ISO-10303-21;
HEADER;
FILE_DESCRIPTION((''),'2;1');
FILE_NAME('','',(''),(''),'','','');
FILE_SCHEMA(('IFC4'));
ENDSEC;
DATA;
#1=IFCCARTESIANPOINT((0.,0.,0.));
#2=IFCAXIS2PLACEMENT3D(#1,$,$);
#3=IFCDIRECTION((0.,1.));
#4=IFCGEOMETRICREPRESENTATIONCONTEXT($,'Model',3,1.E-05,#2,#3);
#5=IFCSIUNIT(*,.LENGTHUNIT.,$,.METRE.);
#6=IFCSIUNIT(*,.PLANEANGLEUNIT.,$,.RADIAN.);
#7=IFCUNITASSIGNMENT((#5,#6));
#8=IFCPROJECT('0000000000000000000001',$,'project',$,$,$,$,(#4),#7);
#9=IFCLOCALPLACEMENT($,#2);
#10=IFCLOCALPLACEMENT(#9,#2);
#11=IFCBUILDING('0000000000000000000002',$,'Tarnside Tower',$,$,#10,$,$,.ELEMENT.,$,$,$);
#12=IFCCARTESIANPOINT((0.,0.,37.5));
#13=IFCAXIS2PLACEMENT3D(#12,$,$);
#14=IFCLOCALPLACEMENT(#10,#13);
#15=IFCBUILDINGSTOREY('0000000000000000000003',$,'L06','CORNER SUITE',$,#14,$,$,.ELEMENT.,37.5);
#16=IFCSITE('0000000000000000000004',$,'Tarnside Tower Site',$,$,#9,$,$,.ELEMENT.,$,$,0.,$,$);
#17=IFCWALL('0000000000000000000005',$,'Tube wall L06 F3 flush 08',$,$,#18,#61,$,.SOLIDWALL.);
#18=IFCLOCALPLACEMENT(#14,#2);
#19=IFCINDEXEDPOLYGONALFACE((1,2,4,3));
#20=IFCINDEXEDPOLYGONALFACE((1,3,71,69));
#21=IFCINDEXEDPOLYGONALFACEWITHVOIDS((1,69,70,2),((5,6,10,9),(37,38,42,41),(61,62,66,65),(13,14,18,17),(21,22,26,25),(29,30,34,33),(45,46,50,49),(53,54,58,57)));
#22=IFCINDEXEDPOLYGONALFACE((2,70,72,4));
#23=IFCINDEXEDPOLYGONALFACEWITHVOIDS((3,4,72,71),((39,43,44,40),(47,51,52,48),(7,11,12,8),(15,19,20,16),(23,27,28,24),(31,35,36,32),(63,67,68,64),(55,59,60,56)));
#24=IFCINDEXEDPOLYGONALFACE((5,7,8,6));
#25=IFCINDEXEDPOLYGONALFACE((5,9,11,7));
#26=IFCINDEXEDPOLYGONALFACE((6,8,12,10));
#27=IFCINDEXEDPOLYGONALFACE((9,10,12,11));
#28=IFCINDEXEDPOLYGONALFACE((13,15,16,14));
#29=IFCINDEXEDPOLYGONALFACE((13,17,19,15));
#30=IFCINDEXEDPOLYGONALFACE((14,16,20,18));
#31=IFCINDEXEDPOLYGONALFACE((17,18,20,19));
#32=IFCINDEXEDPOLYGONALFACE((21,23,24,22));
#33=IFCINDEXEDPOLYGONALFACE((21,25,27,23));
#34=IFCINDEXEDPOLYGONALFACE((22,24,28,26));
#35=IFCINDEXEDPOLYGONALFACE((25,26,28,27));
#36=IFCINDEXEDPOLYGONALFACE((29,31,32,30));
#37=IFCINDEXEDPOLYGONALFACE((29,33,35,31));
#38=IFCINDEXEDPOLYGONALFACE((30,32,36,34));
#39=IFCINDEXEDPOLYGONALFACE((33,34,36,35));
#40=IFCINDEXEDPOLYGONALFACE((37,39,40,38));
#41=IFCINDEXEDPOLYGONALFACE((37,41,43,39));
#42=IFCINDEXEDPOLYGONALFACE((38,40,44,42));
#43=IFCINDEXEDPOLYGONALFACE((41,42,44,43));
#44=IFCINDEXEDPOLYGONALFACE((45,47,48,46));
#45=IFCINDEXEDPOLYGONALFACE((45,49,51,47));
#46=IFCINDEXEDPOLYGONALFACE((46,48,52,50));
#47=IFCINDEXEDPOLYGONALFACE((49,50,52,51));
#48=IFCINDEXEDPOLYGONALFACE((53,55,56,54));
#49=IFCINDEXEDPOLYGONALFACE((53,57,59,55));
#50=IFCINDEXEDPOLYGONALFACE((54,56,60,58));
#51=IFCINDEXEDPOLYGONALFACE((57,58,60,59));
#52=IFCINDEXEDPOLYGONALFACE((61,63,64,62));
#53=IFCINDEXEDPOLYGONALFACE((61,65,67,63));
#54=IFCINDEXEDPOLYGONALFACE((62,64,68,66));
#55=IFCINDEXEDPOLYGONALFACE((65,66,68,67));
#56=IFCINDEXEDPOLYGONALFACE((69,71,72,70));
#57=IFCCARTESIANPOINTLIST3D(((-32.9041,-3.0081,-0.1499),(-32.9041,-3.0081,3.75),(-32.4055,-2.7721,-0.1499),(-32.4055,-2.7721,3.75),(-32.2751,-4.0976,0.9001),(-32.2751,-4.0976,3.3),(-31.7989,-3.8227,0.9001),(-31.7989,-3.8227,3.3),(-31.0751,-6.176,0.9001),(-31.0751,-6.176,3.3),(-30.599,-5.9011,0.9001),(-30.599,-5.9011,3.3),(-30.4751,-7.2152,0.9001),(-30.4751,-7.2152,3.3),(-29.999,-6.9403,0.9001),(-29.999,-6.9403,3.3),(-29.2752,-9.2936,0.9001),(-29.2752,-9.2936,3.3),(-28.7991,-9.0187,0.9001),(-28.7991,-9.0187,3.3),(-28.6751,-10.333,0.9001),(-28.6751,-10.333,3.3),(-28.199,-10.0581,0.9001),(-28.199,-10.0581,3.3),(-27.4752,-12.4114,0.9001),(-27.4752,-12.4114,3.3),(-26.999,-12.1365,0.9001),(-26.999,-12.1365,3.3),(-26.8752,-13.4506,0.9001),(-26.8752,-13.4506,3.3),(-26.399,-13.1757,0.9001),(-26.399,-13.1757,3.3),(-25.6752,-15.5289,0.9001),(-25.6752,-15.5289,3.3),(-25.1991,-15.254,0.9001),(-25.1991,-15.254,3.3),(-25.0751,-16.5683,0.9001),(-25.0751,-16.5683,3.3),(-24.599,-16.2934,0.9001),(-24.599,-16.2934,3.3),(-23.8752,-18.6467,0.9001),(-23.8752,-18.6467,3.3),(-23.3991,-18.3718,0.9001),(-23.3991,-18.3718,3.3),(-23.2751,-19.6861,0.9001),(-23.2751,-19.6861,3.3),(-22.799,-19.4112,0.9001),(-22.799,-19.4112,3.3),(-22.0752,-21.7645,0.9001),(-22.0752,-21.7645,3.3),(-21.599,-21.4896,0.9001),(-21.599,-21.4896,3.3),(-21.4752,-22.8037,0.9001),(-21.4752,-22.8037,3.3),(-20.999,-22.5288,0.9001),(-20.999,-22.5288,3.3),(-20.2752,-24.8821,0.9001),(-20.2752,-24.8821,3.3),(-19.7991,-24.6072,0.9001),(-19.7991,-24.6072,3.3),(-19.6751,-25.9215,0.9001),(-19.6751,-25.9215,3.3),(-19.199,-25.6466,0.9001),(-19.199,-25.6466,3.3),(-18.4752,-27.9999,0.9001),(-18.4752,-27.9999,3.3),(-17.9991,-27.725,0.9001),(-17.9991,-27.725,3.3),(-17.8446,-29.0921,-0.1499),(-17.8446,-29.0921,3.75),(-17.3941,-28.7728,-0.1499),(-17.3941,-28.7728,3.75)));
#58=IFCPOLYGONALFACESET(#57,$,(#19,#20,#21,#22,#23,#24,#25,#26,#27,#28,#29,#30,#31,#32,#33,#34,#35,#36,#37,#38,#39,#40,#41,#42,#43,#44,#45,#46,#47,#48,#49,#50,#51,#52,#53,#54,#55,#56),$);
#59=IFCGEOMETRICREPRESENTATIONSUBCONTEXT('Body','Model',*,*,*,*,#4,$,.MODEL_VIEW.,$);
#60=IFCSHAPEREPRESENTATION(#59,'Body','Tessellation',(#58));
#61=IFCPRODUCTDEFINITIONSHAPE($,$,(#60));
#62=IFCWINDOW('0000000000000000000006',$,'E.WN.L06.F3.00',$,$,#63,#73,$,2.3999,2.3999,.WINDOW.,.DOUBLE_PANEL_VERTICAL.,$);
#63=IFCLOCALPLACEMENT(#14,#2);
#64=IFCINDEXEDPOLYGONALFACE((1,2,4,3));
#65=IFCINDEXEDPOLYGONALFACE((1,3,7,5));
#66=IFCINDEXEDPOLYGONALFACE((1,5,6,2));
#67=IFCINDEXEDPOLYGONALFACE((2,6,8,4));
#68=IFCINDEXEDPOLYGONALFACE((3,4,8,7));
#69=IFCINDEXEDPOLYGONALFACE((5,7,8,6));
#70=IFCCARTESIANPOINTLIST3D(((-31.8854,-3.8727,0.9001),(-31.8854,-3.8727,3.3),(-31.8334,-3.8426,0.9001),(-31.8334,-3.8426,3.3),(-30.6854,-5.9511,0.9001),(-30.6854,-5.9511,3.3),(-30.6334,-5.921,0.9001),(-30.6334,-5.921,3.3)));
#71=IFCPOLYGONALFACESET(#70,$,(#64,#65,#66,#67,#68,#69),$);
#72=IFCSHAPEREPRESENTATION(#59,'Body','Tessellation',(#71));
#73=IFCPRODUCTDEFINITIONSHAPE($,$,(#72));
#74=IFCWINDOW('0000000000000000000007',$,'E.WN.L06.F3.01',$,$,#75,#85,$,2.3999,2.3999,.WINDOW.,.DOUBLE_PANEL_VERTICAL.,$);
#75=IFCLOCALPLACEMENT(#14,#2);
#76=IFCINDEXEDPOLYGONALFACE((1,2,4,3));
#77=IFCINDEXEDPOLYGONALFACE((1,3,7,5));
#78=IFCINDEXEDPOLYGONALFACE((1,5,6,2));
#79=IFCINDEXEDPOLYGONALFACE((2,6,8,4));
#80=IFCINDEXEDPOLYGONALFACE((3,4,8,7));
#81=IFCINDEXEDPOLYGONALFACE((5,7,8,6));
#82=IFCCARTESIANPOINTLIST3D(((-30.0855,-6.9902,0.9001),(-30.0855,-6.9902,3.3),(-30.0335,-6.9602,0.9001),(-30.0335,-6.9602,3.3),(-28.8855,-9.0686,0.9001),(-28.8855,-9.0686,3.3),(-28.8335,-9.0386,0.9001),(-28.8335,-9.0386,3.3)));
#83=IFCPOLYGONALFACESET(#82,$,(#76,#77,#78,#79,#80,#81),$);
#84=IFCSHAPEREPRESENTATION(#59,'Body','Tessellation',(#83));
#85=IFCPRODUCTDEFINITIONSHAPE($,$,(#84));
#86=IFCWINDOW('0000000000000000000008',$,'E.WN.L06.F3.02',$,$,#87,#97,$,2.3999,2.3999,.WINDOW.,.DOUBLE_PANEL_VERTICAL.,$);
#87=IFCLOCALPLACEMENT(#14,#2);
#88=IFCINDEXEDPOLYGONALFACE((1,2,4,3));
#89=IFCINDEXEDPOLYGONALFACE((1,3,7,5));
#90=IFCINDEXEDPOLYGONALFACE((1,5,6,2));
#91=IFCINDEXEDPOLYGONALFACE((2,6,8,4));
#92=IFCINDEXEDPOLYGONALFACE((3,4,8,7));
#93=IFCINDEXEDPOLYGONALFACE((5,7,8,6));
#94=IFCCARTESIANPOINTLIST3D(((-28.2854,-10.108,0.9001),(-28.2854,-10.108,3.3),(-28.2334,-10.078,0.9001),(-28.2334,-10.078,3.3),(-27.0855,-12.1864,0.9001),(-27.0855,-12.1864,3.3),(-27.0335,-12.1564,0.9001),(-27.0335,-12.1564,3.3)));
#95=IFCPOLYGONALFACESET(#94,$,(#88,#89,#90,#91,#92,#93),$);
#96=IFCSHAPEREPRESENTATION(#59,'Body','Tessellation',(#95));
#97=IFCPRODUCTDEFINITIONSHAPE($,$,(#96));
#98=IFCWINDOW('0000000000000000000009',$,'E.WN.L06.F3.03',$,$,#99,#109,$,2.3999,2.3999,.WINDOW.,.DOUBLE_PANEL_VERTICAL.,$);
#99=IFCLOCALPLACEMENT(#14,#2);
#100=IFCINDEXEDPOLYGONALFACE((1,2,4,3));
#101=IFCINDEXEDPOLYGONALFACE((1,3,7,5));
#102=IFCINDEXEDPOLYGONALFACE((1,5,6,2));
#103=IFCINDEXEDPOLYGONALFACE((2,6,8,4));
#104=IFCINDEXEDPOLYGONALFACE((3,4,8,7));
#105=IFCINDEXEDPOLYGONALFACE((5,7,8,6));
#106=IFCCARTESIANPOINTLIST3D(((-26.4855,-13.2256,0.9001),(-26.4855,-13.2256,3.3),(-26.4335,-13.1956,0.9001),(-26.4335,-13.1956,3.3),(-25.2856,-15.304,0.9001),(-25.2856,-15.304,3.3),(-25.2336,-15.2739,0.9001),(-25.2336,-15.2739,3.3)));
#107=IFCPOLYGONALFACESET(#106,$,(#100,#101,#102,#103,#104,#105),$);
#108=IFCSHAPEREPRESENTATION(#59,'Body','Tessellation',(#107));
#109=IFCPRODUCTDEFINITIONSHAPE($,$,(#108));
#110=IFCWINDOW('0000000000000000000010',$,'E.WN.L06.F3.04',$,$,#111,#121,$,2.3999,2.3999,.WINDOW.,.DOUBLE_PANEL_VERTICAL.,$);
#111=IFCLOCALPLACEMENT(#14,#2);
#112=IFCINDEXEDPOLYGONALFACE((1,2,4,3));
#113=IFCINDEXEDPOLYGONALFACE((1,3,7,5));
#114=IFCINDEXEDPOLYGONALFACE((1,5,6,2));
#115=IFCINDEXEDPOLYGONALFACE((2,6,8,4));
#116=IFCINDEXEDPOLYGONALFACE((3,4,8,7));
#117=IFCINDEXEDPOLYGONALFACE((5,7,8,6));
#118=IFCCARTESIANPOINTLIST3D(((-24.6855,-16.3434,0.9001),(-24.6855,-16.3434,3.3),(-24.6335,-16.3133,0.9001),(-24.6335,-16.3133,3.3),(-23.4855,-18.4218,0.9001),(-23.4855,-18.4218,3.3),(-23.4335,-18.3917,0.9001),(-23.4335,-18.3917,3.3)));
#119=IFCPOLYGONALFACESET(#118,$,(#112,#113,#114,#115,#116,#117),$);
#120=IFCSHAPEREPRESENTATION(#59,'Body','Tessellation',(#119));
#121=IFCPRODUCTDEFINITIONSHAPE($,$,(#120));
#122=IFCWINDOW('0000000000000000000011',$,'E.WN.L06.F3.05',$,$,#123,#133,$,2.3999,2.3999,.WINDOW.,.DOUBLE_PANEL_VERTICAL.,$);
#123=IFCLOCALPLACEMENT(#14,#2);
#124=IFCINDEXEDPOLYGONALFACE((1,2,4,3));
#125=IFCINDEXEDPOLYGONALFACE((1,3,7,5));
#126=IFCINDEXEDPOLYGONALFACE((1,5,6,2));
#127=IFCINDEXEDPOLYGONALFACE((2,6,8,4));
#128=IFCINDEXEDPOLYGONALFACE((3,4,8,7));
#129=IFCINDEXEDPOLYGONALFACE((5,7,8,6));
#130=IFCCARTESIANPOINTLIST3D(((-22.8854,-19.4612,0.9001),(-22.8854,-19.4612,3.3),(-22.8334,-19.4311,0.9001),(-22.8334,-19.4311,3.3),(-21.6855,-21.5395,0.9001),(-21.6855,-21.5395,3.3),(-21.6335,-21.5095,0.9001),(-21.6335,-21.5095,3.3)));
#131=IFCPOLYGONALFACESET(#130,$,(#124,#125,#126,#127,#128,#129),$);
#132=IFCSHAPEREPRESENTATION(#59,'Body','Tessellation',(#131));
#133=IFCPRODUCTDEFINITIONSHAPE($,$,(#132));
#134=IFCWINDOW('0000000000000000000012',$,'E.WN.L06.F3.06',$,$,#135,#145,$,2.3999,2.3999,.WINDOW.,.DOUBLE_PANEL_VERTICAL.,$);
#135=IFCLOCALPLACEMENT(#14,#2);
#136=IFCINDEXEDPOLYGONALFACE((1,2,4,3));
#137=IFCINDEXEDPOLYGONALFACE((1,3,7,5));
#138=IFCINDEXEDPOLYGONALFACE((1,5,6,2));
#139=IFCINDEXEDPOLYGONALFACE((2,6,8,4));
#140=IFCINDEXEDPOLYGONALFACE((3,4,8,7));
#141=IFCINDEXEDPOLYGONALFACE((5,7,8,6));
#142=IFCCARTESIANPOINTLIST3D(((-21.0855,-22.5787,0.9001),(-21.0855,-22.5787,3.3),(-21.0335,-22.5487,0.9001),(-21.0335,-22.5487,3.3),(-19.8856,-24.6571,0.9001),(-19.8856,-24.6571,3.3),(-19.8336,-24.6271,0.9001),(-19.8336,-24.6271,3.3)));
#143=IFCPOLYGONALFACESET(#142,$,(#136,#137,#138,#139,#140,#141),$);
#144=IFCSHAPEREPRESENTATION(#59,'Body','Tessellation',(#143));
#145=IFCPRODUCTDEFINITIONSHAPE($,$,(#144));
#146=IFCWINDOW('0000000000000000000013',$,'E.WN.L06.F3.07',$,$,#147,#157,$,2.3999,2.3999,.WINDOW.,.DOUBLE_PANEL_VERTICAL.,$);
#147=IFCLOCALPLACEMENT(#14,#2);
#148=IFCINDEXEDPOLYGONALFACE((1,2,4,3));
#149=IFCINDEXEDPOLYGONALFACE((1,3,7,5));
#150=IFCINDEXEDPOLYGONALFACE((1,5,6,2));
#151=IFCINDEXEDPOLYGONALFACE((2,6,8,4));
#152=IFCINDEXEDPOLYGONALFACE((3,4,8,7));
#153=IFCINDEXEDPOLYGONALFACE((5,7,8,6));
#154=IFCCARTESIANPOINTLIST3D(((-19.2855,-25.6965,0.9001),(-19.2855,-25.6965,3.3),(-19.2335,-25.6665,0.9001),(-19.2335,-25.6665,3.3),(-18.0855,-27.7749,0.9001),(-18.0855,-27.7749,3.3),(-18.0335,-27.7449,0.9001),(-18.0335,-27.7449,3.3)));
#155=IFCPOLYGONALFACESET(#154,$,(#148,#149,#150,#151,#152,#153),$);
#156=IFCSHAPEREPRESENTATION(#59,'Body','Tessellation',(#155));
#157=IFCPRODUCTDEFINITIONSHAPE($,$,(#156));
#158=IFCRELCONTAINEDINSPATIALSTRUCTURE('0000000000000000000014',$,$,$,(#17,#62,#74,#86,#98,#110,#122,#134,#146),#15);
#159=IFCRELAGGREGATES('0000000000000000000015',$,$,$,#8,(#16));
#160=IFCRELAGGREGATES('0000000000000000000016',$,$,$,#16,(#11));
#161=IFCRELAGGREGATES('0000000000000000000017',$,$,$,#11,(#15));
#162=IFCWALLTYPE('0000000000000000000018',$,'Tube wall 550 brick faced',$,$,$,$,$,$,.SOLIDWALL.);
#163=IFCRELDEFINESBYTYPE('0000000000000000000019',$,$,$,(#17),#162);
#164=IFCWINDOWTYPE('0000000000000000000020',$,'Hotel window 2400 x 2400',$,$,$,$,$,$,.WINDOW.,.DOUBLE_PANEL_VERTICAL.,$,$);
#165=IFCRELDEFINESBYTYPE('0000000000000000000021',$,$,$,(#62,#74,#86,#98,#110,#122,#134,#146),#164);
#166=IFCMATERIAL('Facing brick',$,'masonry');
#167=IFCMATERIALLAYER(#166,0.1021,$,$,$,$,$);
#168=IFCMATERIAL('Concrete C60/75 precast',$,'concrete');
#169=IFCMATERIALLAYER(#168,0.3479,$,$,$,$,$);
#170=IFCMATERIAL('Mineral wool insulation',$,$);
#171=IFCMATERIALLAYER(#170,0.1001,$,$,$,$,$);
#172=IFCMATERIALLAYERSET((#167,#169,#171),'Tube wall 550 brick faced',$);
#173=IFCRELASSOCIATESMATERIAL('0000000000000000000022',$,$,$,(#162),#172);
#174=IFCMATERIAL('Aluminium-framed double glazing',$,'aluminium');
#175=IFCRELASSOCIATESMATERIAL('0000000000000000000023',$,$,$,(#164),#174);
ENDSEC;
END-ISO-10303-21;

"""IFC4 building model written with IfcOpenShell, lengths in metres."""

from ifc_helpers import new_model, si_unit, direction, frame, frame_2d, origin, place, context, subcontext, project, spatial, polyline, rectangle, outline, extrude, material, layer, layer_set, type_object, element, fill, save


model = new_model("IFC4")

# Units and contexts
model_context = context("Model", 3, precision=1e-05, world=origin(), true_north=direction((0.0, 1.0)))
body_context = subcontext(model_context, "Body", "Model", "MODEL_VIEW")
ifc_project = project(units=[si_unit("LENGTHUNIT", "METRE"), si_unit("PLANEANGLEUNIT", "RADIAN")], contexts=[model_context])

# Site, building, storey
site_placement = place(None, origin())
site = spatial("IfcSite", under=ifc_project, at=site_placement, Name="Tarnside Tower Site", CompositionType="ELEMENT", RefElevation=0.0)
building_placement = place(site_placement, origin())
building = spatial("IfcBuilding", under=site, at=building_placement, Name="Tarnside Tower", CompositionType="ELEMENT")
storey_placement = place(building_placement, frame((0.0, 0.0, 37.5)))
storey = spatial("IfcBuildingStorey", under=building, at=storey_placement, Name="L06", Description="CORNER SUITE", CompositionType="ELEMENT", Elevation=37.5)

# Shared definitions
ifc_material_1 = material(Name="Facing brick", Category="masonry")
ifc_layer_1 = layer(ifc_material_1, 0.1021)
ifc_material_2 = material(Name="Concrete C60/75 precast", Category="concrete")
ifc_layer_2 = layer(ifc_material_2, 0.3479)
ifc_material_3 = material(Name="Mineral wool insulation")
ifc_layer_3 = layer(ifc_material_3, 0.1001)
ifc_layer_set_1 = layer_set([ifc_layer_1, ifc_layer_2, ifc_layer_3], Name="Tube wall 550 brick faced")
wall_type = type_object("IfcWallType", Name="Tube wall 550 brick faced", PredefinedType="SOLIDWALL", material=ifc_layer_set_1)

# Wall, openings, windows
wall_1_placement = place(storey_placement, frame((-32.6548, -2.8901, -0.1499), z_axis=(0.0, 0.0, 1.0), x_axis=(0.499998, -0.866027, 0.0)))
wall_1 = element("IfcWall", 1, at=wall_1_placement, inside=storey, type_object=wall_type, Name="Tube wall L06 F3 flush 08", PredefinedType="SOLIDWALL", context=body_context, shape_type="SweptSolid", body=[
    extrude(outline(polyline([(-0.0225, -0.2749), (30.0967, -0.2749), (30.0454, 0.2749), (0.0225, 0.2749), (-0.0225, -0.2749)])), origin(), (0.0, 0.0, 1.0), 3.8999),
])
opening_1_placement = place(wall_1_placement, frame((1.2356, 0.0, 1.05)))
opening_1 = element("IfcOpeningElement", 2, at=opening_1_placement, cuts=wall_1, PredefinedType="OPENING", context=body_context, shape_type="SweptSolid", body=[
    extrude(rectangle(XDim=2.3999, YDim=2.3999, at=frame_2d((1.2, 1.2))), frame((0.0, 0.2852, 0.0), z_axis=(0.0, -1.0, 0.0), x_axis=(1.0, 0.0, 0.0)), (0.0, 0.0, 1.0), 0.5701),
])
opening_2_placement = place(wall_1_placement, frame((4.8354, 0.0, 1.05)))
opening_2 = element("IfcOpeningElement", 3, at=opening_2_placement, cuts=wall_1, PredefinedType="OPENING", context=body_context, shape_type="SweptSolid", body=[
    extrude(rectangle(XDim=2.3999, YDim=2.3999, at=frame_2d((1.2, 1.2))), frame((0.0, 0.2852, 0.0), z_axis=(0.0, -1.0, 0.0), x_axis=(1.0, 0.0, 0.0)), (0.0, 0.0, 1.0), 0.5701),
])
opening_3_placement = place(wall_1_placement, frame((8.4355, 0.0, 1.05)))
opening_3 = element("IfcOpeningElement", 4, at=opening_3_placement, cuts=wall_1, PredefinedType="OPENING", context=body_context, shape_type="SweptSolid", body=[
    extrude(rectangle(XDim=2.3999, YDim=2.3999, at=frame_2d((1.2, 1.2))), frame((0.0, 0.2852, 0.0), z_axis=(0.0, -1.0, 0.0), x_axis=(1.0, 0.0, 0.0)), (0.0, 0.0, 1.0), 0.5701),
])
opening_4_placement = place(wall_1_placement, frame((12.0354, 0.0, 1.05)))
opening_4 = element("IfcOpeningElement", 5, at=opening_4_placement, cuts=wall_1, PredefinedType="OPENING", context=body_context, shape_type="SweptSolid", body=[
    extrude(rectangle(XDim=2.3999, YDim=2.3999, at=frame_2d((1.2, 1.2))), frame((0.0, 0.2852, 0.0), z_axis=(0.0, -1.0, 0.0), x_axis=(1.0, 0.0, 0.0)), (0.0, 0.0, 1.0), 0.5701),
])
opening_5_placement = place(wall_1_placement, frame((15.6355, 0.0, 1.05)))
opening_5 = element("IfcOpeningElement", 6, at=opening_5_placement, cuts=wall_1, PredefinedType="OPENING", context=body_context, shape_type="SweptSolid", body=[
    extrude(rectangle(XDim=2.3999, YDim=2.3999, at=frame_2d((1.2, 1.2))), frame((0.0, 0.2852, 0.0), z_axis=(0.0, -1.0, 0.0), x_axis=(1.0, 0.0, 0.0)), (0.0, 0.0, 1.0), 0.5701),
])
opening_6_placement = place(wall_1_placement, frame((19.2356, 0.0, 1.05)))
opening_6 = element("IfcOpeningElement", 7, at=opening_6_placement, cuts=wall_1, PredefinedType="OPENING", context=body_context, shape_type="SweptSolid", body=[
    extrude(rectangle(XDim=2.3999, YDim=2.3999, at=frame_2d((1.2, 1.2))), frame((0.0, 0.2852, 0.0), z_axis=(0.0, -1.0, 0.0), x_axis=(1.0, 0.0, 0.0)), (0.0, 0.0, 1.0), 0.5701),
])
opening_7_placement = place(wall_1_placement, frame((22.8354, 0.0, 1.05)))
opening_7 = element("IfcOpeningElement", 8, at=opening_7_placement, cuts=wall_1, PredefinedType="OPENING", context=body_context, shape_type="SweptSolid", body=[
    extrude(rectangle(XDim=2.3999, YDim=2.3999, at=frame_2d((1.2, 1.2))), frame((0.0, 0.2852, 0.0), z_axis=(0.0, -1.0, 0.0), x_axis=(1.0, 0.0, 0.0)), (0.0, 0.0, 1.0), 0.5701),
])
opening_8_placement = place(wall_1_placement, frame((26.4355, 0.0, 1.05)))
opening_8 = element("IfcOpeningElement", 9, at=opening_8_placement, cuts=wall_1, PredefinedType="OPENING", context=body_context, shape_type="SweptSolid", body=[
    extrude(rectangle(XDim=2.3999, YDim=2.3999, at=frame_2d((1.2, 1.2))), frame((0.0, 0.2852, 0.0), z_axis=(0.0, -1.0, 0.0), x_axis=(1.0, 0.0, 0.0)), (0.0, 0.0, 1.0), 0.5701),
])
ifc_material_4 = material(Name="Aluminium-framed double glazing", Category="aluminium")
window_type = type_object("IfcWindowType", Name="Hotel window 2400 x 2400", PartitioningType="DOUBLE_PANEL_VERTICAL", PredefinedType="WINDOW", material=ifc_material_4)
window_1_placement = place(opening_1_placement, frame((0.0, 0.2051, 0.0)))
window_1 = element("IfcWindow", 10, at=window_1_placement, inside=storey, type_object=window_type, Name="E.WN.L06.F3.00", OverallHeight=2.3999, OverallWidth=2.3999, PartitioningType="DOUBLE_PANEL_VERTICAL", PredefinedType="WINDOW", context=body_context, shape_type="SweptSolid", body=[
    extrude(rectangle(XDim=2.3999, YDim=2.3999, at=frame_2d((1.2, 1.2))), frame((0.0, 0.03, 0.0), z_axis=(0.0, -1.0, 0.0), x_axis=(1.0, 0.0, 0.0)), (0.0, 0.0, 1.0), 0.0601),
])
fill(opening_1, window_1)
window_2_placement = place(opening_2_placement, frame((0.0, 0.2051, 0.0)))
window_2 = element("IfcWindow", 11, at=window_2_placement, inside=storey, type_object=window_type, Name="E.WN.L06.F3.01", OverallHeight=2.3999, OverallWidth=2.3999, PartitioningType="DOUBLE_PANEL_VERTICAL", PredefinedType="WINDOW", context=body_context, shape_type="SweptSolid", body=[
    extrude(rectangle(XDim=2.3999, YDim=2.3999, at=frame_2d((1.2, 1.2))), frame((0.0, 0.03, 0.0), z_axis=(0.0, -1.0, 0.0), x_axis=(1.0, 0.0, 0.0)), (0.0, 0.0, 1.0), 0.0601),
])
fill(opening_2, window_2)
window_3_placement = place(opening_3_placement, frame((0.0, 0.2051, 0.0)))
window_3 = element("IfcWindow", 12, at=window_3_placement, inside=storey, type_object=window_type, Name="E.WN.L06.F3.02", OverallHeight=2.3999, OverallWidth=2.3999, PartitioningType="DOUBLE_PANEL_VERTICAL", PredefinedType="WINDOW", context=body_context, shape_type="SweptSolid", body=[
    extrude(rectangle(XDim=2.3999, YDim=2.3999, at=frame_2d((1.2, 1.2))), frame((0.0, 0.03, 0.0), z_axis=(0.0, -1.0, 0.0), x_axis=(1.0, 0.0, 0.0)), (0.0, 0.0, 1.0), 0.0601),
])
fill(opening_3, window_3)
window_4_placement = place(opening_4_placement, frame((0.0, 0.2051, 0.0)))
window_4 = element("IfcWindow", 13, at=window_4_placement, inside=storey, type_object=window_type, Name="E.WN.L06.F3.03", OverallHeight=2.3999, OverallWidth=2.3999, PartitioningType="DOUBLE_PANEL_VERTICAL", PredefinedType="WINDOW", context=body_context, shape_type="SweptSolid", body=[
    extrude(rectangle(XDim=2.3999, YDim=2.3999, at=frame_2d((1.2, 1.2))), frame((0.0, 0.03, 0.0), z_axis=(0.0, -1.0, 0.0), x_axis=(1.0, 0.0, 0.0)), (0.0, 0.0, 1.0), 0.0601),
])
fill(opening_4, window_4)
window_5_placement = place(opening_5_placement, frame((0.0, 0.2051, 0.0)))
window_5 = element("IfcWindow", 14, at=window_5_placement, inside=storey, type_object=window_type, Name="E.WN.L06.F3.04", OverallHeight=2.3999, OverallWidth=2.3999, PartitioningType="DOUBLE_PANEL_VERTICAL", PredefinedType="WINDOW", context=body_context, shape_type="SweptSolid", body=[
    extrude(rectangle(XDim=2.3999, YDim=2.3999, at=frame_2d((1.2, 1.2))), frame((0.0, 0.03, 0.0), z_axis=(0.0, -1.0, 0.0), x_axis=(1.0, 0.0, 0.0)), (0.0, 0.0, 1.0), 0.0601),
])
fill(opening_5, window_5)
window_6_placement = place(opening_6_placement, frame((0.0, 0.2051, 0.0)))
window_6 = element("IfcWindow", 15, at=window_6_placement, inside=storey, type_object=window_type, Name="E.WN.L06.F3.05", OverallHeight=2.3999, OverallWidth=2.3999, PartitioningType="DOUBLE_PANEL_VERTICAL", PredefinedType="WINDOW", context=body_context, shape_type="SweptSolid", body=[
    extrude(rectangle(XDim=2.3999, YDim=2.3999, at=frame_2d((1.2, 1.2))), frame((0.0, 0.03, 0.0), z_axis=(0.0, -1.0, 0.0), x_axis=(1.0, 0.0, 0.0)), (0.0, 0.0, 1.0), 0.0601),
])
fill(opening_6, window_6)
window_7_placement = place(opening_7_placement, frame((0.0, 0.2051, 0.0)))
window_7 = element("IfcWindow", 16, at=window_7_placement, inside=storey, type_object=window_type, Name="E.WN.L06.F3.06", OverallHeight=2.3999, OverallWidth=2.3999, PartitioningType="DOUBLE_PANEL_VERTICAL", PredefinedType="WINDOW", context=body_context, shape_type="SweptSolid", body=[
    extrude(rectangle(XDim=2.3999, YDim=2.3999, at=frame_2d((1.2, 1.2))), frame((0.0, 0.03, 0.0), z_axis=(0.0, -1.0, 0.0), x_axis=(1.0, 0.0, 0.0)), (0.0, 0.0, 1.0), 0.0601),
])
fill(opening_7, window_7)
window_8_placement = place(opening_8_placement, frame((0.0, 0.2051, 0.0)))
window_8 = element("IfcWindow", 17, at=window_8_placement, inside=storey, type_object=window_type, Name="E.WN.L06.F3.07", OverallHeight=2.3999, OverallWidth=2.3999, PartitioningType="DOUBLE_PANEL_VERTICAL", PredefinedType="WINDOW", context=body_context, shape_type="SweptSolid", body=[
    extrude(rectangle(XDim=2.3999, YDim=2.3999, at=frame_2d((1.2, 1.2))), frame((0.0, 0.03, 0.0), z_axis=(0.0, -1.0, 0.0), x_axis=(1.0, 0.0, 0.0)), (0.0, 0.0, 1.0), 0.0601),
])
fill(opening_8, window_8)

save(model, "model.ifc")
